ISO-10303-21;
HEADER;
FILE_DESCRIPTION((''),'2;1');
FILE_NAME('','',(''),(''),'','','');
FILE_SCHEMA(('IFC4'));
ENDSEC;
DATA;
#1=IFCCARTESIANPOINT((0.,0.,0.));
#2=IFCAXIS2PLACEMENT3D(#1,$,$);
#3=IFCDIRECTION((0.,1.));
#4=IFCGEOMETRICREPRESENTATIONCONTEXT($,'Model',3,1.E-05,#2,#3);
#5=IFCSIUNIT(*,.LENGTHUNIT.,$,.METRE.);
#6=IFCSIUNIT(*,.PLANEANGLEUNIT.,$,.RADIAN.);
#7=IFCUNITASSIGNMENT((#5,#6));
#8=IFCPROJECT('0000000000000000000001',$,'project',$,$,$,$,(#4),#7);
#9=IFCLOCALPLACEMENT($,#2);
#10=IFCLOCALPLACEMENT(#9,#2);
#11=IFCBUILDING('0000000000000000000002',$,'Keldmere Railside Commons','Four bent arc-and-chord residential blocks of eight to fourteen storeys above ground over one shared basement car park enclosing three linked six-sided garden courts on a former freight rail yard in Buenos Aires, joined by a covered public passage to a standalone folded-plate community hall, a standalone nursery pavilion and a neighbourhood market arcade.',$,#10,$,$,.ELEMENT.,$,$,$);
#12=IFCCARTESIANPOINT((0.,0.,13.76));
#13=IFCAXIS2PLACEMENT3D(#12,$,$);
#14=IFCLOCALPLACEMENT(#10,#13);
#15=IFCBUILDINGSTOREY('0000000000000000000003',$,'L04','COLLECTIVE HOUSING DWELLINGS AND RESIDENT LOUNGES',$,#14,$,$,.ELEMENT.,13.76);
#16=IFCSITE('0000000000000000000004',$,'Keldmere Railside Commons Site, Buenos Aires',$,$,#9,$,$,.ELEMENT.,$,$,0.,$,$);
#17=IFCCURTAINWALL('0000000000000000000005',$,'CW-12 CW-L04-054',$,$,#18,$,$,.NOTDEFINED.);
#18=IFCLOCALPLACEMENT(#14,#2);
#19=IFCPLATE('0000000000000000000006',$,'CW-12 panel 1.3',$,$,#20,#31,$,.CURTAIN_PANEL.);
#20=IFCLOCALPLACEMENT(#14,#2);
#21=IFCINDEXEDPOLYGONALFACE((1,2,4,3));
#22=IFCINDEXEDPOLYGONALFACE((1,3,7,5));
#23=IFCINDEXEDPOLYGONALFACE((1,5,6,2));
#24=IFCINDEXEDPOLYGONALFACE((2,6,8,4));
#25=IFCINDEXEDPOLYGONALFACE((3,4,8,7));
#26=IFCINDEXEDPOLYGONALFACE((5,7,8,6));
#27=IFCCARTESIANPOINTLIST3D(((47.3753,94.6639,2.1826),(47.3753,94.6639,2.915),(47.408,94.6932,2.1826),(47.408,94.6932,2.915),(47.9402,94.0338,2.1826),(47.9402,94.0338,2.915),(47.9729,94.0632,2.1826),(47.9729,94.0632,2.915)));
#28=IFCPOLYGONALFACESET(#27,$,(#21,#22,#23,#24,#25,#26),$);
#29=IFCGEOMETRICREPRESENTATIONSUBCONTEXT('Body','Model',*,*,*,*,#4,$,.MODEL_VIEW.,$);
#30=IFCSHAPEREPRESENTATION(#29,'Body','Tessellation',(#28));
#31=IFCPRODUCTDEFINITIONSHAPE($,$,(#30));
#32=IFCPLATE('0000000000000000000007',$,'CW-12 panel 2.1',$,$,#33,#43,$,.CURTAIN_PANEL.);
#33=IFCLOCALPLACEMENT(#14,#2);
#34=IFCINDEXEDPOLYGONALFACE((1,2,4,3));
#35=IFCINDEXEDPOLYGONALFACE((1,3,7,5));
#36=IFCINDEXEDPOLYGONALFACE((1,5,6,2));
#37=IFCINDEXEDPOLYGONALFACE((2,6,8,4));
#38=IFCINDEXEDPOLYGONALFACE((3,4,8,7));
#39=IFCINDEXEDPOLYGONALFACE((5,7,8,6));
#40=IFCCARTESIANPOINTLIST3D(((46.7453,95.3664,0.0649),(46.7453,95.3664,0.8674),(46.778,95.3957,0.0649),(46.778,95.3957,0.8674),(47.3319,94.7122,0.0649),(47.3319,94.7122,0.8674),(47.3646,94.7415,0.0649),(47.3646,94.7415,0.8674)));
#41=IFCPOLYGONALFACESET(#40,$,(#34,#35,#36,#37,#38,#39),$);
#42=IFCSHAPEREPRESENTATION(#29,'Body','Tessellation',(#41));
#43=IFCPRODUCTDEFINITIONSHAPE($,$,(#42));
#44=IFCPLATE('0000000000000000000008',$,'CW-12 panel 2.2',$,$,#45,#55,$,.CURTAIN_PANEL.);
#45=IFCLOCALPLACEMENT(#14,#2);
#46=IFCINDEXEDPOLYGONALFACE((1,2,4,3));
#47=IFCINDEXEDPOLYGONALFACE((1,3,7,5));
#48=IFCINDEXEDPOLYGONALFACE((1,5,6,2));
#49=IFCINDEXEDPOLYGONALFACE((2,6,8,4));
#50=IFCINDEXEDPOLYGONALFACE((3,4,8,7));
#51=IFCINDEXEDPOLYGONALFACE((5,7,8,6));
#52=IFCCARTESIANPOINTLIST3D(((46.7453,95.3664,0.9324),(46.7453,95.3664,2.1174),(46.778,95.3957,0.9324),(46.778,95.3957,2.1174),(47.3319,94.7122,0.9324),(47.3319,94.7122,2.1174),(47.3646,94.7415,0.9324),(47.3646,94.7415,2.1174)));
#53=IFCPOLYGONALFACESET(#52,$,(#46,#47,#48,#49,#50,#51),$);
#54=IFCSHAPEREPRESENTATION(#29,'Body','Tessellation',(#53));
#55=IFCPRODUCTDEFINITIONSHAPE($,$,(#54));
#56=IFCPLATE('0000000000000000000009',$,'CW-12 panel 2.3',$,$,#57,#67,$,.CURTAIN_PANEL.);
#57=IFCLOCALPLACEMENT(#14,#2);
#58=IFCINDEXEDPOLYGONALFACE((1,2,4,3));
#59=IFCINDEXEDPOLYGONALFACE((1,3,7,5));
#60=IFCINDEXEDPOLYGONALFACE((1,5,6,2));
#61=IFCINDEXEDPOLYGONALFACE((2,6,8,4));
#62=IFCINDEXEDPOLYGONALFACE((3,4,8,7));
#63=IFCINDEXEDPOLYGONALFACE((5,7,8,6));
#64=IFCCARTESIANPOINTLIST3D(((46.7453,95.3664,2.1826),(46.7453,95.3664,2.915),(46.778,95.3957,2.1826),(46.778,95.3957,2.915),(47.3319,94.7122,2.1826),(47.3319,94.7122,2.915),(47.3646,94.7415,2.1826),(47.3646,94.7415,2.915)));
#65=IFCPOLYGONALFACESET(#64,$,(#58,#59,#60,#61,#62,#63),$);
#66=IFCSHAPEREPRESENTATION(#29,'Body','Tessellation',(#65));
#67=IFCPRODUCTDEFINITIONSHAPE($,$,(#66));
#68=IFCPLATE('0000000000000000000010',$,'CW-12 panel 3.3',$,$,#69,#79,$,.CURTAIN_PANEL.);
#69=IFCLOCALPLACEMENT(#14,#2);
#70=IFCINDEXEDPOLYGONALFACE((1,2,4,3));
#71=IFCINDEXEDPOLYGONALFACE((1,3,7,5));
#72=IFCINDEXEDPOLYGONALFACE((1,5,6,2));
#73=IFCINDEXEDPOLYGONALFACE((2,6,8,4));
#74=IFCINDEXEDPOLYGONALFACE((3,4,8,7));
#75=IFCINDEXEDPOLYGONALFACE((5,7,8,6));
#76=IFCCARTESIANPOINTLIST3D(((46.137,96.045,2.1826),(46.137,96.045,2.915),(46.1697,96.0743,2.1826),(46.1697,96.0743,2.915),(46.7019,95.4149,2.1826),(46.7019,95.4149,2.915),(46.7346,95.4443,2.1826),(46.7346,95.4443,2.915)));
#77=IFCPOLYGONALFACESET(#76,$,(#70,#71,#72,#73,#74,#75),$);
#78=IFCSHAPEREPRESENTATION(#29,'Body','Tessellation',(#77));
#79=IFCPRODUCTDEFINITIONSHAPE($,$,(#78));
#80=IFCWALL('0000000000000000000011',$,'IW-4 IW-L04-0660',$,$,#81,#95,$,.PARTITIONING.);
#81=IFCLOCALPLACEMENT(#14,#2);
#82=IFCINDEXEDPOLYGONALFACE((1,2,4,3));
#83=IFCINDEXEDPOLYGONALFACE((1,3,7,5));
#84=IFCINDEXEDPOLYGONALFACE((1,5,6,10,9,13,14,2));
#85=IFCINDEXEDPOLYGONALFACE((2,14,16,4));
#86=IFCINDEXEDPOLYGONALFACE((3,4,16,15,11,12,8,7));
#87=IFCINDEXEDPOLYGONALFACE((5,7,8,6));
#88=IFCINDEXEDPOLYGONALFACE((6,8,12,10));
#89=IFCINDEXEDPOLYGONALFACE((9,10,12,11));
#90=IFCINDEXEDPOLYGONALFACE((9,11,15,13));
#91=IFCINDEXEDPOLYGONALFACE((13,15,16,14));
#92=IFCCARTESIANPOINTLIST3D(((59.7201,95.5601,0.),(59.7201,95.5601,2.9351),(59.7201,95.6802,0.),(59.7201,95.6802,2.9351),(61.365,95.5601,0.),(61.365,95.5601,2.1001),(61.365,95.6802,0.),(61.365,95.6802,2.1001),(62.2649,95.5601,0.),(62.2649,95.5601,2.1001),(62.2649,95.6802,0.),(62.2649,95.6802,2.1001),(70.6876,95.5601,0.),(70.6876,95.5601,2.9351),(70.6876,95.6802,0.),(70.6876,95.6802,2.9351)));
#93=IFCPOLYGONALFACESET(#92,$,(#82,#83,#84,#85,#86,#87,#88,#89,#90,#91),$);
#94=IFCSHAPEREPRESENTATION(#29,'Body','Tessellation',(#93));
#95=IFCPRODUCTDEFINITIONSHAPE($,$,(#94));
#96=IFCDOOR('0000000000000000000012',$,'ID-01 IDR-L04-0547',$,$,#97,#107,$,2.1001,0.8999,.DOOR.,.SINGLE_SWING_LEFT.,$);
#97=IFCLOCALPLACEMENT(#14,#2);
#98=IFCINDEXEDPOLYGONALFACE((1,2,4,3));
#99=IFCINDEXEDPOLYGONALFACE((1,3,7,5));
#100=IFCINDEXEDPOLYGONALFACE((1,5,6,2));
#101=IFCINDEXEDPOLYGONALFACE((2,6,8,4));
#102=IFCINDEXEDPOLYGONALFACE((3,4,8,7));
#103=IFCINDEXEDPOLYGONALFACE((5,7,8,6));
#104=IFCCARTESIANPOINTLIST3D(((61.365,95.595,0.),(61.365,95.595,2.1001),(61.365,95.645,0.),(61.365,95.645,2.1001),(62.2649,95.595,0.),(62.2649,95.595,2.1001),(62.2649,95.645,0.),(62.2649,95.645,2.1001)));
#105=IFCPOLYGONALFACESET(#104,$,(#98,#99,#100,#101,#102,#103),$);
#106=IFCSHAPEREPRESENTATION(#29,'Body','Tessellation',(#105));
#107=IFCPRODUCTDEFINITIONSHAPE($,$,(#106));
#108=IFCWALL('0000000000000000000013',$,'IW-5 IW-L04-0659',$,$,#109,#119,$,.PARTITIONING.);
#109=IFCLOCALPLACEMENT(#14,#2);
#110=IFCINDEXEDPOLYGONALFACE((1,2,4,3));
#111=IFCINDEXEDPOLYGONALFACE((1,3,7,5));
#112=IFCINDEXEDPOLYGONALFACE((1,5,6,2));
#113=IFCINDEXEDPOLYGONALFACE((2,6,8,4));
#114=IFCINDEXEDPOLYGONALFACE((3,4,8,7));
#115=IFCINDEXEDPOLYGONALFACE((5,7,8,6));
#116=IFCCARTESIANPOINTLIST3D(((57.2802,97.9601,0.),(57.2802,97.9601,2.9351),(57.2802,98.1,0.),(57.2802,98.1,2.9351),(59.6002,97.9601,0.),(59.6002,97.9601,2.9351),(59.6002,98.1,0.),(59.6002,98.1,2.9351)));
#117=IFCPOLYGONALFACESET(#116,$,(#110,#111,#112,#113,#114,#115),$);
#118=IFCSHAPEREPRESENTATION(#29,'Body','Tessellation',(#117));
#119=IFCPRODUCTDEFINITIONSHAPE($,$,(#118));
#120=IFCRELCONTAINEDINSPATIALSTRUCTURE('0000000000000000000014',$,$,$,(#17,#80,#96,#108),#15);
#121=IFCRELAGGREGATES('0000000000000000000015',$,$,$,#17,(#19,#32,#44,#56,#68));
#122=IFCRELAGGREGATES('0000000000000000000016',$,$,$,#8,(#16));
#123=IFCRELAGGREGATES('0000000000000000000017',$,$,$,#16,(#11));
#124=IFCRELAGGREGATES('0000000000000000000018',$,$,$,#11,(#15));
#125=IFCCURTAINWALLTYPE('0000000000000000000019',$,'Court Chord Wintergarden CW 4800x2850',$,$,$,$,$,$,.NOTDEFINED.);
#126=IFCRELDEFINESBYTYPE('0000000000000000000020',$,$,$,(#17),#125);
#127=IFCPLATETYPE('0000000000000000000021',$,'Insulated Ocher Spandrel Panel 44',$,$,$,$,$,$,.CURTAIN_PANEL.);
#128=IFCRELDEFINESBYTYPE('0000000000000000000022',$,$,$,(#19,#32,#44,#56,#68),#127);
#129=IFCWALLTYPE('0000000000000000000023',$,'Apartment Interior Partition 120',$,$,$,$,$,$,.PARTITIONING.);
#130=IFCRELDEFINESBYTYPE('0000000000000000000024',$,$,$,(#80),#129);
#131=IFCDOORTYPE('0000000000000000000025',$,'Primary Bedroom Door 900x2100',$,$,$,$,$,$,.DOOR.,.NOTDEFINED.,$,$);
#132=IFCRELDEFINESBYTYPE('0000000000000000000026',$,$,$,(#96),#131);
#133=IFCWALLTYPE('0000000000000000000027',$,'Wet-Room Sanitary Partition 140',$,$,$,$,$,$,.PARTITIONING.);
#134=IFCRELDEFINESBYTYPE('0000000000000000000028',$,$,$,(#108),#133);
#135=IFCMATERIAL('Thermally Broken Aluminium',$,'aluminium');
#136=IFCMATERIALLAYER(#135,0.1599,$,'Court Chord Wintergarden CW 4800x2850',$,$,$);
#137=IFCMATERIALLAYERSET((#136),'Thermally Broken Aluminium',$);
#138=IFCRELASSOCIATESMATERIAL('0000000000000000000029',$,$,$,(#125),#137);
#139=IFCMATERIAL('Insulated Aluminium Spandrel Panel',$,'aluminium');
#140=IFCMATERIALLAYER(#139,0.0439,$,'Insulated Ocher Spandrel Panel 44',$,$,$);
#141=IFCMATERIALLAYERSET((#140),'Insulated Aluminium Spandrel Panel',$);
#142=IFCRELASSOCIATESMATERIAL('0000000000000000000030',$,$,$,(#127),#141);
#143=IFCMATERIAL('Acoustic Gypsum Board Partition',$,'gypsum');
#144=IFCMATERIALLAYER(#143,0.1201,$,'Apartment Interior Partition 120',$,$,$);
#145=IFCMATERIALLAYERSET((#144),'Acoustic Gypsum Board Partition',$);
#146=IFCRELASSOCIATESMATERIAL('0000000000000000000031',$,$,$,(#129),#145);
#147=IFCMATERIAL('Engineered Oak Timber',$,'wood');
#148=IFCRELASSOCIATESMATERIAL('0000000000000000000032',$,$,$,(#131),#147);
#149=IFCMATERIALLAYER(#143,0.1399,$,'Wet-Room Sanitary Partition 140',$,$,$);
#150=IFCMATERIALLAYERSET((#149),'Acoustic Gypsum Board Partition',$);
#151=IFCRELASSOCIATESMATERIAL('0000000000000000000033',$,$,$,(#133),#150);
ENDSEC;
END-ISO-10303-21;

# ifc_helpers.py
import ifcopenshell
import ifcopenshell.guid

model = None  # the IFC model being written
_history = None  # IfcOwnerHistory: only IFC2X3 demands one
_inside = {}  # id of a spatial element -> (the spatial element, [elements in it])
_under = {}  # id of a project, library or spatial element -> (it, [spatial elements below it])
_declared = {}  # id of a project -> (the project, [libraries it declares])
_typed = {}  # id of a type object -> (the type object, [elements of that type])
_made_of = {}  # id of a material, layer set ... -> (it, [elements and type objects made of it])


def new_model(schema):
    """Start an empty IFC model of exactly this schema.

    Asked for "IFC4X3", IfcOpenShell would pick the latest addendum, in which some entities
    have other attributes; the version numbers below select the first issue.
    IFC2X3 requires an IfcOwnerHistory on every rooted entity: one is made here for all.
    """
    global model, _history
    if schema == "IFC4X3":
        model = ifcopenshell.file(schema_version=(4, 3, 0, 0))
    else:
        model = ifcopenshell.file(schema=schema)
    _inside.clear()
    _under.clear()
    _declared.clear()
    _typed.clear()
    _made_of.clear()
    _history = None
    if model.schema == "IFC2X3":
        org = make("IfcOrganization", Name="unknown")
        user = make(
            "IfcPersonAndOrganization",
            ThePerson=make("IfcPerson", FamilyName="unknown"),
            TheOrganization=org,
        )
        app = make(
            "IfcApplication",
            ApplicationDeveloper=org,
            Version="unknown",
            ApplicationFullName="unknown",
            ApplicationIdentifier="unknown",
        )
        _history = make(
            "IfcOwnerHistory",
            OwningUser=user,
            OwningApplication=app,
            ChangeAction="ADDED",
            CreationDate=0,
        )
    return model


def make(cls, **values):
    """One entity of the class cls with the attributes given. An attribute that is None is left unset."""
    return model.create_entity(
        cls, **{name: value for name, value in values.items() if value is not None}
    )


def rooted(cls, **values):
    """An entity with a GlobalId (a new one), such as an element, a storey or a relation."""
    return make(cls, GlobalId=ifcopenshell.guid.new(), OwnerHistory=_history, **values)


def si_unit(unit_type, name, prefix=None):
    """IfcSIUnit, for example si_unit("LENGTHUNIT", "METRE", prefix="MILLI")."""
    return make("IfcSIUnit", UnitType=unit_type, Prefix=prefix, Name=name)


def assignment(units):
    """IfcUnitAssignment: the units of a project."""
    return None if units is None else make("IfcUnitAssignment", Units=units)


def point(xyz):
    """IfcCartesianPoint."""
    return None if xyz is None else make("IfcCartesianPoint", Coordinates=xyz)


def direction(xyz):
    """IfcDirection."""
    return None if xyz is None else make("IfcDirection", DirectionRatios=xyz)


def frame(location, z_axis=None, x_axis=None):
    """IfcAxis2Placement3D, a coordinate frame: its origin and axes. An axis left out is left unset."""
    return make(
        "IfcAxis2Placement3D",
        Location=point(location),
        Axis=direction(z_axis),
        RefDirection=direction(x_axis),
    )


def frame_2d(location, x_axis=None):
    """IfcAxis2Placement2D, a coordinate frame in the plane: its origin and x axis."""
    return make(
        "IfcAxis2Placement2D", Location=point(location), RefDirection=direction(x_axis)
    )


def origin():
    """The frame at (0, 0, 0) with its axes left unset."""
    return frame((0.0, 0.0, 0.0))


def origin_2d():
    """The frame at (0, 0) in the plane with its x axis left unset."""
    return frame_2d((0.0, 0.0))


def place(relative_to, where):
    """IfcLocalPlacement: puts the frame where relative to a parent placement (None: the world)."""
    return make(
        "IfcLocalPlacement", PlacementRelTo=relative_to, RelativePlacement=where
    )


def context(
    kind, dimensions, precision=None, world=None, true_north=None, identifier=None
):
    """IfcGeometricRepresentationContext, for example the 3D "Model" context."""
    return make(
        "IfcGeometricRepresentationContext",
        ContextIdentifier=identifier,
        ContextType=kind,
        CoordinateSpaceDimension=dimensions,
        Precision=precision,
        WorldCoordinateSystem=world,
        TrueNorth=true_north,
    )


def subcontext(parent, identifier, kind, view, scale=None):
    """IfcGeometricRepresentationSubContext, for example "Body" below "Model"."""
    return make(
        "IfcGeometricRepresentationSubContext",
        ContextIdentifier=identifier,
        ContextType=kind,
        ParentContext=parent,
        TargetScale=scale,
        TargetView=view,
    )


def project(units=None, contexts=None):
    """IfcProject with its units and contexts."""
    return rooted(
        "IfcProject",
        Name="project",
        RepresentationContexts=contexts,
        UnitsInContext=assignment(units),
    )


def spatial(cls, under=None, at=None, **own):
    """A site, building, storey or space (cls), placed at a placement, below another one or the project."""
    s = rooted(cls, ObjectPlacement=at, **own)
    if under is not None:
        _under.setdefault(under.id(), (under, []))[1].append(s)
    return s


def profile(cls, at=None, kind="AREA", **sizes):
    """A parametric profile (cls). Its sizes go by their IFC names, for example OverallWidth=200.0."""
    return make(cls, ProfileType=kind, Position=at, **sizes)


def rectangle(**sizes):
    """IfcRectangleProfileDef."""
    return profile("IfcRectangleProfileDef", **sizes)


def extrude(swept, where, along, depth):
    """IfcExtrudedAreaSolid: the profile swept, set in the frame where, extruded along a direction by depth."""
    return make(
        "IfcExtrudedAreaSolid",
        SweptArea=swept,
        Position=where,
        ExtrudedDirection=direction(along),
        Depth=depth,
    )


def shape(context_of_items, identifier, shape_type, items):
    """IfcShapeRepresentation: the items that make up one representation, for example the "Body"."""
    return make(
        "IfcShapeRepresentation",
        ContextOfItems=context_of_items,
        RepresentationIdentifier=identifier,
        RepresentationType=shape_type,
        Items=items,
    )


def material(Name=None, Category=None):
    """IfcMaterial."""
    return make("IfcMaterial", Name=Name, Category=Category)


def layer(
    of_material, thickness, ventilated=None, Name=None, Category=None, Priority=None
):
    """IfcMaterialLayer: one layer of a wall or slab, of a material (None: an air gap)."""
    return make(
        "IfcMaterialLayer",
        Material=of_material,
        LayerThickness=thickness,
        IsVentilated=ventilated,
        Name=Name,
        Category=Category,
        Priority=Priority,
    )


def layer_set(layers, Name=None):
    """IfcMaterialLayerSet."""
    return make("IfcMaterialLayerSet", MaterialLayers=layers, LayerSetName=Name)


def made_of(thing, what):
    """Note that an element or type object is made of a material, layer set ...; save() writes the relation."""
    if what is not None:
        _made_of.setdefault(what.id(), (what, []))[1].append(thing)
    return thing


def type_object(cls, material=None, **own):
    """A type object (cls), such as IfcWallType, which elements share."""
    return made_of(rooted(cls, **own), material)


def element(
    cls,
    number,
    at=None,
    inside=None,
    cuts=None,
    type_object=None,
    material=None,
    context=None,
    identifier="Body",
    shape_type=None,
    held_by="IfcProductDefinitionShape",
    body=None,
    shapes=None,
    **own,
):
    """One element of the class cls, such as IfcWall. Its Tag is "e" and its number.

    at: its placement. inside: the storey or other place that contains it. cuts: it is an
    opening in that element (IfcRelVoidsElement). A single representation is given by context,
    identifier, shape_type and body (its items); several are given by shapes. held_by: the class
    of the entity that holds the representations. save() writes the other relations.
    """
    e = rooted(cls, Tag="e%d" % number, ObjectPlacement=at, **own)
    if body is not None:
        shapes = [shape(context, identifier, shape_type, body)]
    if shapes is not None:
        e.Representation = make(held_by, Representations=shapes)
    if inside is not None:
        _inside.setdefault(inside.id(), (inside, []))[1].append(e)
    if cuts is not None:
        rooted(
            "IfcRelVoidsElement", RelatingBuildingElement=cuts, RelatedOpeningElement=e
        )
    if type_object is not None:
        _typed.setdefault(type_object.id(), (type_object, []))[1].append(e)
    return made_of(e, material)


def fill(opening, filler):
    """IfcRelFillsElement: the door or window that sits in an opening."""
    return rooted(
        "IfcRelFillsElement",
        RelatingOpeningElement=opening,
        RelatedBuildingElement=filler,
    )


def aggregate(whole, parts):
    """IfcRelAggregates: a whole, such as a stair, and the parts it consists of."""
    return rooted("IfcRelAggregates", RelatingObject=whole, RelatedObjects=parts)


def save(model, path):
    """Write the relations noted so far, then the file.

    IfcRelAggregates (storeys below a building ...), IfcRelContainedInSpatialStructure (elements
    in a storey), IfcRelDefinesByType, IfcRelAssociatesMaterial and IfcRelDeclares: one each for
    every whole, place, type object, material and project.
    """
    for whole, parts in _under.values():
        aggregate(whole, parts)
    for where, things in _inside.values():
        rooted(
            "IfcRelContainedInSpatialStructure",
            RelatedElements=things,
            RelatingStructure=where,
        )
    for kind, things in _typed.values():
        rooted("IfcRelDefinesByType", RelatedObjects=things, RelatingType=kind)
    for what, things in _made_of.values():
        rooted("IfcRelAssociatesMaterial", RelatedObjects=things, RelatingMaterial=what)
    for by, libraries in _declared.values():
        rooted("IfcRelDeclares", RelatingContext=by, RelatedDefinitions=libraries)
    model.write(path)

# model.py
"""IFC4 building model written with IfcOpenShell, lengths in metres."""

from ifc_helpers import new_model, si_unit, direction, frame, frame_2d, origin, origin_2d, place, context, subcontext, project, spatial, rectangle, extrude, material, layer, layer_set, type_object, element, fill, aggregate, save


model = new_model("IFC4")

# Units and contexts
model_context = context("Model", 3, precision=1e-05, world=origin(), true_north=direction((0.0, 1.0)))
body_context = subcontext(model_context, "Body", "Model", "MODEL_VIEW")
ifc_project = project(units=[si_unit("LENGTHUNIT", "METRE"), si_unit("PLANEANGLEUNIT", "RADIAN")], contexts=[model_context])

# Site, building, storey
site_placement = place(None, origin())
site = spatial("IfcSite", under=ifc_project, at=site_placement, Name="Keldmere Railside Commons Site, Buenos Aires", CompositionType="ELEMENT", RefElevation=0.0)
building_placement = place(site_placement, origin())
building = spatial("IfcBuilding", under=site, at=building_placement, Name="Keldmere Railside Commons", Description="Four bent arc-and-chord residential blocks of eight to fourteen storeys above ground over one shared basement car park enclosing three linked six-sided garden courts on a former freight rail yard in Buenos Aires, joined by a covered public passage to a standalone folded-plate community hall, a standalone nursery pavilion and a neighbourhood market arcade.", CompositionType="ELEMENT")
storey_placement = place(building_placement, frame((0.0, 0.0, 13.76)))
storey = spatial("IfcBuildingStorey", under=building, at=storey_placement, Name="L04", Description="COLLECTIVE HOUSING DWELLINGS AND RESIDENT LOUNGES", CompositionType="ELEMENT", Elevation=13.76)

# Curtain wall, plates
ifc_material_1 = material(Name="Thermally Broken Aluminium", Category="aluminium")
ifc_layer_1 = layer(ifc_material_1, 0.1599, Name="Court Chord Wintergarden CW 4800x2850")
ifc_layer_set_1 = layer_set([ifc_layer_1], Name="Thermally Broken Aluminium")
curtain_wall_type = type_object("IfcCurtainWallType", Name="Court Chord Wintergarden CW 4800x2850", PredefinedType="NOTDEFINED", material=ifc_layer_set_1)
curtain_wall_placement = place(storey_placement, origin())
curtain_wall = element("IfcCurtainWall", 1, at=curtain_wall_placement, inside=storey, type_object=curtain_wall_type, Name="CW-12 CW-L04-054", PredefinedType="NOTDEFINED")
ifc_material_2 = material(Name="Insulated Aluminium Spandrel Panel", Category="aluminium")
ifc_layer_2 = layer(ifc_material_2, 0.0439, Name="Insulated Ocher Spandrel Panel 44")
ifc_layer_set_2 = layer_set([ifc_layer_2], Name="Insulated Aluminium Spandrel Panel")
plate_type = type_object("IfcPlateType", Name="Insulated Ocher Spandrel Panel 44", PredefinedType="CURTAIN_PANEL", material=ifc_layer_set_2)
plate_1_placement = place(storey_placement, frame((47.6741, 94.3635, 2.1826), z_axis=(0.0, 0.0, 1.0), x_axis=(-0.667559, 0.744557, 0.0)))
plate_1 = element("IfcPlate", 2, at=plate_1_placement, type_object=plate_type, Name="CW-12 panel 1.3", PredefinedType="CURTAIN_PANEL", context=body_context, shape_type="SweptSolid", body=[
    extrude(rectangle(XDim=0.8462, YDim=0.0439, at=origin_2d()), origin(), (0.0, 0.0, 1.0), 0.7324),
])
plate_2_placement = place(storey_placement, frame((47.0549, 95.054, 0.0649), z_axis=(0.0, 0.0, 1.0), x_axis=(-0.667559, 0.744557, 0.0)))
plate_2 = element("IfcPlate", 3, at=plate_2_placement, type_object=plate_type, Name="CW-12 panel 2.1", PredefinedType="CURTAIN_PANEL", context=body_context, shape_type="SweptSolid", body=[
    extrude(rectangle(XDim=0.8787, YDim=0.0439, at=origin_2d()), origin(), (0.0, 0.0, 1.0), 0.8025),
])
plate_3_placement = place(storey_placement, frame((47.0549, 95.054, 0.9324), z_axis=(0.0, 0.0, 1.0), x_axis=(-0.667559, 0.744557, 0.0)))
plate_3 = element("IfcPlate", 4, at=plate_3_placement, type_object=plate_type, Name="CW-12 panel 2.2", PredefinedType="CURTAIN_PANEL", context=body_context, shape_type="SweptSolid", body=[
    extrude(rectangle(XDim=0.8787, YDim=0.0439, at=origin_2d()), origin(), (0.0, 0.0, 1.0), 1.1851),
])
plate_4_placement = place(storey_placement, frame((47.0549, 95.054, 2.1826), z_axis=(0.0, 0.0, 1.0), x_axis=(-0.667559, 0.744557, 0.0)))
plate_4 = element("IfcPlate", 5, at=plate_4_placement, type_object=plate_type, Name="CW-12 panel 2.3", PredefinedType="CURTAIN_PANEL", context=body_context, shape_type="SweptSolid", body=[
    extrude(rectangle(XDim=0.8787, YDim=0.0439, at=origin_2d()), origin(), (0.0, 0.0, 1.0), 0.7324),
])
plate_5_placement = place(storey_placement, frame((46.4358, 95.7446, 2.1826), z_axis=(0.0, 0.0, 1.0), x_axis=(-0.667559, 0.744557, 0.0)))
plate_5 = element("IfcPlate", 6, at=plate_5_placement, type_object=plate_type, Name="CW-12 panel 3.3", PredefinedType="CURTAIN_PANEL", context=body_context, shape_type="SweptSolid", body=[
    extrude(rectangle(XDim=0.8462, YDim=0.0439, at=origin_2d()), origin(), (0.0, 0.0, 1.0), 0.7324),
])
aggregate(curtain_wall, [plate_1, plate_2, plate_3, plate_4, plate_5])

# Wall, opening, door
ifc_material_3 = material(Name="Acoustic Gypsum Board Partition", Category="gypsum")
ifc_layer_3 = layer(ifc_material_3, 0.1201, Name="Apartment Interior Partition 120")
ifc_layer_set_3 = layer_set([ifc_layer_3], Name="Acoustic Gypsum Board Partition")
wall_type_1 = type_object("IfcWallType", Name="Apartment Interior Partition 120", PredefinedType="PARTITIONING", material=ifc_layer_set_3)
wall_1_placement = place(storey_placement, frame((59.72, 95.6201, 0.0), z_axis=(0.0, 0.0, 1.0), x_axis=(1.0, 0.0, 0.0)))
wall_1 = element("IfcWall", 7, at=wall_1_placement, inside=storey, type_object=wall_type_1, Name="IW-4 IW-L04-0660", PredefinedType="PARTITIONING", context=body_context, shape_type="SweptSolid", body=[
    extrude(rectangle(XDim=10.9675, YDim=0.1201, at=frame_2d((5.4839, 0.0))), origin(), (0.0, 0.0, 1.0), 2.9351),
])
opening_placement = place(wall_1_placement, frame((1.645, 0.0, 0.0)))
opening = element("IfcOpeningElement", 8, at=opening_placement, cuts=wall_1, PredefinedType="OPENING", context=body_context, shape_type="SweptSolid", body=[
    extrude(rectangle(XDim=0.8999, YDim=2.1001, at=frame_2d((0.45, 1.05))), frame((0.0, 0.0701, 0.0), z_axis=(0.0, -1.0, 0.0), x_axis=(1.0, 0.0, 0.0)), (0.0, 0.0, 1.0), 0.1401),
])
ifc_material_4 = material(Name="Engineered Oak Timber", Category="wood")
door_type = type_object("IfcDoorType", Name="Primary Bedroom Door 900x2100", OperationType="NOTDEFINED", PredefinedType="DOOR", material=ifc_material_4)
door_placement = place(opening_placement, origin())
door = element("IfcDoor", 9, at=door_placement, inside=storey, type_object=door_type, Name="ID-01 IDR-L04-0547", OperationType="SINGLE_SWING_LEFT", OverallHeight=2.1001, OverallWidth=0.8999, PredefinedType="DOOR", context=body_context, shape_type="SweptSolid", body=[
    extrude(rectangle(XDim=0.8999, YDim=2.1001, at=frame_2d((0.45, 1.05))), frame((0.0, 0.0249, 0.0), z_axis=(0.0, -1.0, 0.0), x_axis=(1.0, 0.0, 0.0)), (0.0, 0.0, 1.0), 0.05),
])
fill(opening, door)

# Wall
ifc_layer_4 = layer(ifc_material_3, 0.1399, Name="Wet-Room Sanitary Partition 140")
ifc_layer_set_4 = layer_set([ifc_layer_4], Name="Acoustic Gypsum Board Partition")
wall_type_2 = type_object("IfcWallType", Name="Wet-Room Sanitary Partition 140", PredefinedType="PARTITIONING", material=ifc_layer_set_4)
wall_2_placement = place(storey_placement, frame((57.28, 98.03, 0.0), z_axis=(0.0, 0.0, 1.0), x_axis=(1.0, 0.0, 0.0)))
element("IfcWall", 10, at=wall_2_placement, inside=storey, type_object=wall_type_2, Name="IW-5 IW-L04-0659", PredefinedType="PARTITIONING", context=body_context, shape_type="SweptSolid", body=[
    extrude(rectangle(XDim=2.3201, YDim=0.1399, at=frame_2d((1.1602, 0.0))), origin(), (0.0, 0.0, 1.0), 2.9351),
])

save(model, "model.ifc")
